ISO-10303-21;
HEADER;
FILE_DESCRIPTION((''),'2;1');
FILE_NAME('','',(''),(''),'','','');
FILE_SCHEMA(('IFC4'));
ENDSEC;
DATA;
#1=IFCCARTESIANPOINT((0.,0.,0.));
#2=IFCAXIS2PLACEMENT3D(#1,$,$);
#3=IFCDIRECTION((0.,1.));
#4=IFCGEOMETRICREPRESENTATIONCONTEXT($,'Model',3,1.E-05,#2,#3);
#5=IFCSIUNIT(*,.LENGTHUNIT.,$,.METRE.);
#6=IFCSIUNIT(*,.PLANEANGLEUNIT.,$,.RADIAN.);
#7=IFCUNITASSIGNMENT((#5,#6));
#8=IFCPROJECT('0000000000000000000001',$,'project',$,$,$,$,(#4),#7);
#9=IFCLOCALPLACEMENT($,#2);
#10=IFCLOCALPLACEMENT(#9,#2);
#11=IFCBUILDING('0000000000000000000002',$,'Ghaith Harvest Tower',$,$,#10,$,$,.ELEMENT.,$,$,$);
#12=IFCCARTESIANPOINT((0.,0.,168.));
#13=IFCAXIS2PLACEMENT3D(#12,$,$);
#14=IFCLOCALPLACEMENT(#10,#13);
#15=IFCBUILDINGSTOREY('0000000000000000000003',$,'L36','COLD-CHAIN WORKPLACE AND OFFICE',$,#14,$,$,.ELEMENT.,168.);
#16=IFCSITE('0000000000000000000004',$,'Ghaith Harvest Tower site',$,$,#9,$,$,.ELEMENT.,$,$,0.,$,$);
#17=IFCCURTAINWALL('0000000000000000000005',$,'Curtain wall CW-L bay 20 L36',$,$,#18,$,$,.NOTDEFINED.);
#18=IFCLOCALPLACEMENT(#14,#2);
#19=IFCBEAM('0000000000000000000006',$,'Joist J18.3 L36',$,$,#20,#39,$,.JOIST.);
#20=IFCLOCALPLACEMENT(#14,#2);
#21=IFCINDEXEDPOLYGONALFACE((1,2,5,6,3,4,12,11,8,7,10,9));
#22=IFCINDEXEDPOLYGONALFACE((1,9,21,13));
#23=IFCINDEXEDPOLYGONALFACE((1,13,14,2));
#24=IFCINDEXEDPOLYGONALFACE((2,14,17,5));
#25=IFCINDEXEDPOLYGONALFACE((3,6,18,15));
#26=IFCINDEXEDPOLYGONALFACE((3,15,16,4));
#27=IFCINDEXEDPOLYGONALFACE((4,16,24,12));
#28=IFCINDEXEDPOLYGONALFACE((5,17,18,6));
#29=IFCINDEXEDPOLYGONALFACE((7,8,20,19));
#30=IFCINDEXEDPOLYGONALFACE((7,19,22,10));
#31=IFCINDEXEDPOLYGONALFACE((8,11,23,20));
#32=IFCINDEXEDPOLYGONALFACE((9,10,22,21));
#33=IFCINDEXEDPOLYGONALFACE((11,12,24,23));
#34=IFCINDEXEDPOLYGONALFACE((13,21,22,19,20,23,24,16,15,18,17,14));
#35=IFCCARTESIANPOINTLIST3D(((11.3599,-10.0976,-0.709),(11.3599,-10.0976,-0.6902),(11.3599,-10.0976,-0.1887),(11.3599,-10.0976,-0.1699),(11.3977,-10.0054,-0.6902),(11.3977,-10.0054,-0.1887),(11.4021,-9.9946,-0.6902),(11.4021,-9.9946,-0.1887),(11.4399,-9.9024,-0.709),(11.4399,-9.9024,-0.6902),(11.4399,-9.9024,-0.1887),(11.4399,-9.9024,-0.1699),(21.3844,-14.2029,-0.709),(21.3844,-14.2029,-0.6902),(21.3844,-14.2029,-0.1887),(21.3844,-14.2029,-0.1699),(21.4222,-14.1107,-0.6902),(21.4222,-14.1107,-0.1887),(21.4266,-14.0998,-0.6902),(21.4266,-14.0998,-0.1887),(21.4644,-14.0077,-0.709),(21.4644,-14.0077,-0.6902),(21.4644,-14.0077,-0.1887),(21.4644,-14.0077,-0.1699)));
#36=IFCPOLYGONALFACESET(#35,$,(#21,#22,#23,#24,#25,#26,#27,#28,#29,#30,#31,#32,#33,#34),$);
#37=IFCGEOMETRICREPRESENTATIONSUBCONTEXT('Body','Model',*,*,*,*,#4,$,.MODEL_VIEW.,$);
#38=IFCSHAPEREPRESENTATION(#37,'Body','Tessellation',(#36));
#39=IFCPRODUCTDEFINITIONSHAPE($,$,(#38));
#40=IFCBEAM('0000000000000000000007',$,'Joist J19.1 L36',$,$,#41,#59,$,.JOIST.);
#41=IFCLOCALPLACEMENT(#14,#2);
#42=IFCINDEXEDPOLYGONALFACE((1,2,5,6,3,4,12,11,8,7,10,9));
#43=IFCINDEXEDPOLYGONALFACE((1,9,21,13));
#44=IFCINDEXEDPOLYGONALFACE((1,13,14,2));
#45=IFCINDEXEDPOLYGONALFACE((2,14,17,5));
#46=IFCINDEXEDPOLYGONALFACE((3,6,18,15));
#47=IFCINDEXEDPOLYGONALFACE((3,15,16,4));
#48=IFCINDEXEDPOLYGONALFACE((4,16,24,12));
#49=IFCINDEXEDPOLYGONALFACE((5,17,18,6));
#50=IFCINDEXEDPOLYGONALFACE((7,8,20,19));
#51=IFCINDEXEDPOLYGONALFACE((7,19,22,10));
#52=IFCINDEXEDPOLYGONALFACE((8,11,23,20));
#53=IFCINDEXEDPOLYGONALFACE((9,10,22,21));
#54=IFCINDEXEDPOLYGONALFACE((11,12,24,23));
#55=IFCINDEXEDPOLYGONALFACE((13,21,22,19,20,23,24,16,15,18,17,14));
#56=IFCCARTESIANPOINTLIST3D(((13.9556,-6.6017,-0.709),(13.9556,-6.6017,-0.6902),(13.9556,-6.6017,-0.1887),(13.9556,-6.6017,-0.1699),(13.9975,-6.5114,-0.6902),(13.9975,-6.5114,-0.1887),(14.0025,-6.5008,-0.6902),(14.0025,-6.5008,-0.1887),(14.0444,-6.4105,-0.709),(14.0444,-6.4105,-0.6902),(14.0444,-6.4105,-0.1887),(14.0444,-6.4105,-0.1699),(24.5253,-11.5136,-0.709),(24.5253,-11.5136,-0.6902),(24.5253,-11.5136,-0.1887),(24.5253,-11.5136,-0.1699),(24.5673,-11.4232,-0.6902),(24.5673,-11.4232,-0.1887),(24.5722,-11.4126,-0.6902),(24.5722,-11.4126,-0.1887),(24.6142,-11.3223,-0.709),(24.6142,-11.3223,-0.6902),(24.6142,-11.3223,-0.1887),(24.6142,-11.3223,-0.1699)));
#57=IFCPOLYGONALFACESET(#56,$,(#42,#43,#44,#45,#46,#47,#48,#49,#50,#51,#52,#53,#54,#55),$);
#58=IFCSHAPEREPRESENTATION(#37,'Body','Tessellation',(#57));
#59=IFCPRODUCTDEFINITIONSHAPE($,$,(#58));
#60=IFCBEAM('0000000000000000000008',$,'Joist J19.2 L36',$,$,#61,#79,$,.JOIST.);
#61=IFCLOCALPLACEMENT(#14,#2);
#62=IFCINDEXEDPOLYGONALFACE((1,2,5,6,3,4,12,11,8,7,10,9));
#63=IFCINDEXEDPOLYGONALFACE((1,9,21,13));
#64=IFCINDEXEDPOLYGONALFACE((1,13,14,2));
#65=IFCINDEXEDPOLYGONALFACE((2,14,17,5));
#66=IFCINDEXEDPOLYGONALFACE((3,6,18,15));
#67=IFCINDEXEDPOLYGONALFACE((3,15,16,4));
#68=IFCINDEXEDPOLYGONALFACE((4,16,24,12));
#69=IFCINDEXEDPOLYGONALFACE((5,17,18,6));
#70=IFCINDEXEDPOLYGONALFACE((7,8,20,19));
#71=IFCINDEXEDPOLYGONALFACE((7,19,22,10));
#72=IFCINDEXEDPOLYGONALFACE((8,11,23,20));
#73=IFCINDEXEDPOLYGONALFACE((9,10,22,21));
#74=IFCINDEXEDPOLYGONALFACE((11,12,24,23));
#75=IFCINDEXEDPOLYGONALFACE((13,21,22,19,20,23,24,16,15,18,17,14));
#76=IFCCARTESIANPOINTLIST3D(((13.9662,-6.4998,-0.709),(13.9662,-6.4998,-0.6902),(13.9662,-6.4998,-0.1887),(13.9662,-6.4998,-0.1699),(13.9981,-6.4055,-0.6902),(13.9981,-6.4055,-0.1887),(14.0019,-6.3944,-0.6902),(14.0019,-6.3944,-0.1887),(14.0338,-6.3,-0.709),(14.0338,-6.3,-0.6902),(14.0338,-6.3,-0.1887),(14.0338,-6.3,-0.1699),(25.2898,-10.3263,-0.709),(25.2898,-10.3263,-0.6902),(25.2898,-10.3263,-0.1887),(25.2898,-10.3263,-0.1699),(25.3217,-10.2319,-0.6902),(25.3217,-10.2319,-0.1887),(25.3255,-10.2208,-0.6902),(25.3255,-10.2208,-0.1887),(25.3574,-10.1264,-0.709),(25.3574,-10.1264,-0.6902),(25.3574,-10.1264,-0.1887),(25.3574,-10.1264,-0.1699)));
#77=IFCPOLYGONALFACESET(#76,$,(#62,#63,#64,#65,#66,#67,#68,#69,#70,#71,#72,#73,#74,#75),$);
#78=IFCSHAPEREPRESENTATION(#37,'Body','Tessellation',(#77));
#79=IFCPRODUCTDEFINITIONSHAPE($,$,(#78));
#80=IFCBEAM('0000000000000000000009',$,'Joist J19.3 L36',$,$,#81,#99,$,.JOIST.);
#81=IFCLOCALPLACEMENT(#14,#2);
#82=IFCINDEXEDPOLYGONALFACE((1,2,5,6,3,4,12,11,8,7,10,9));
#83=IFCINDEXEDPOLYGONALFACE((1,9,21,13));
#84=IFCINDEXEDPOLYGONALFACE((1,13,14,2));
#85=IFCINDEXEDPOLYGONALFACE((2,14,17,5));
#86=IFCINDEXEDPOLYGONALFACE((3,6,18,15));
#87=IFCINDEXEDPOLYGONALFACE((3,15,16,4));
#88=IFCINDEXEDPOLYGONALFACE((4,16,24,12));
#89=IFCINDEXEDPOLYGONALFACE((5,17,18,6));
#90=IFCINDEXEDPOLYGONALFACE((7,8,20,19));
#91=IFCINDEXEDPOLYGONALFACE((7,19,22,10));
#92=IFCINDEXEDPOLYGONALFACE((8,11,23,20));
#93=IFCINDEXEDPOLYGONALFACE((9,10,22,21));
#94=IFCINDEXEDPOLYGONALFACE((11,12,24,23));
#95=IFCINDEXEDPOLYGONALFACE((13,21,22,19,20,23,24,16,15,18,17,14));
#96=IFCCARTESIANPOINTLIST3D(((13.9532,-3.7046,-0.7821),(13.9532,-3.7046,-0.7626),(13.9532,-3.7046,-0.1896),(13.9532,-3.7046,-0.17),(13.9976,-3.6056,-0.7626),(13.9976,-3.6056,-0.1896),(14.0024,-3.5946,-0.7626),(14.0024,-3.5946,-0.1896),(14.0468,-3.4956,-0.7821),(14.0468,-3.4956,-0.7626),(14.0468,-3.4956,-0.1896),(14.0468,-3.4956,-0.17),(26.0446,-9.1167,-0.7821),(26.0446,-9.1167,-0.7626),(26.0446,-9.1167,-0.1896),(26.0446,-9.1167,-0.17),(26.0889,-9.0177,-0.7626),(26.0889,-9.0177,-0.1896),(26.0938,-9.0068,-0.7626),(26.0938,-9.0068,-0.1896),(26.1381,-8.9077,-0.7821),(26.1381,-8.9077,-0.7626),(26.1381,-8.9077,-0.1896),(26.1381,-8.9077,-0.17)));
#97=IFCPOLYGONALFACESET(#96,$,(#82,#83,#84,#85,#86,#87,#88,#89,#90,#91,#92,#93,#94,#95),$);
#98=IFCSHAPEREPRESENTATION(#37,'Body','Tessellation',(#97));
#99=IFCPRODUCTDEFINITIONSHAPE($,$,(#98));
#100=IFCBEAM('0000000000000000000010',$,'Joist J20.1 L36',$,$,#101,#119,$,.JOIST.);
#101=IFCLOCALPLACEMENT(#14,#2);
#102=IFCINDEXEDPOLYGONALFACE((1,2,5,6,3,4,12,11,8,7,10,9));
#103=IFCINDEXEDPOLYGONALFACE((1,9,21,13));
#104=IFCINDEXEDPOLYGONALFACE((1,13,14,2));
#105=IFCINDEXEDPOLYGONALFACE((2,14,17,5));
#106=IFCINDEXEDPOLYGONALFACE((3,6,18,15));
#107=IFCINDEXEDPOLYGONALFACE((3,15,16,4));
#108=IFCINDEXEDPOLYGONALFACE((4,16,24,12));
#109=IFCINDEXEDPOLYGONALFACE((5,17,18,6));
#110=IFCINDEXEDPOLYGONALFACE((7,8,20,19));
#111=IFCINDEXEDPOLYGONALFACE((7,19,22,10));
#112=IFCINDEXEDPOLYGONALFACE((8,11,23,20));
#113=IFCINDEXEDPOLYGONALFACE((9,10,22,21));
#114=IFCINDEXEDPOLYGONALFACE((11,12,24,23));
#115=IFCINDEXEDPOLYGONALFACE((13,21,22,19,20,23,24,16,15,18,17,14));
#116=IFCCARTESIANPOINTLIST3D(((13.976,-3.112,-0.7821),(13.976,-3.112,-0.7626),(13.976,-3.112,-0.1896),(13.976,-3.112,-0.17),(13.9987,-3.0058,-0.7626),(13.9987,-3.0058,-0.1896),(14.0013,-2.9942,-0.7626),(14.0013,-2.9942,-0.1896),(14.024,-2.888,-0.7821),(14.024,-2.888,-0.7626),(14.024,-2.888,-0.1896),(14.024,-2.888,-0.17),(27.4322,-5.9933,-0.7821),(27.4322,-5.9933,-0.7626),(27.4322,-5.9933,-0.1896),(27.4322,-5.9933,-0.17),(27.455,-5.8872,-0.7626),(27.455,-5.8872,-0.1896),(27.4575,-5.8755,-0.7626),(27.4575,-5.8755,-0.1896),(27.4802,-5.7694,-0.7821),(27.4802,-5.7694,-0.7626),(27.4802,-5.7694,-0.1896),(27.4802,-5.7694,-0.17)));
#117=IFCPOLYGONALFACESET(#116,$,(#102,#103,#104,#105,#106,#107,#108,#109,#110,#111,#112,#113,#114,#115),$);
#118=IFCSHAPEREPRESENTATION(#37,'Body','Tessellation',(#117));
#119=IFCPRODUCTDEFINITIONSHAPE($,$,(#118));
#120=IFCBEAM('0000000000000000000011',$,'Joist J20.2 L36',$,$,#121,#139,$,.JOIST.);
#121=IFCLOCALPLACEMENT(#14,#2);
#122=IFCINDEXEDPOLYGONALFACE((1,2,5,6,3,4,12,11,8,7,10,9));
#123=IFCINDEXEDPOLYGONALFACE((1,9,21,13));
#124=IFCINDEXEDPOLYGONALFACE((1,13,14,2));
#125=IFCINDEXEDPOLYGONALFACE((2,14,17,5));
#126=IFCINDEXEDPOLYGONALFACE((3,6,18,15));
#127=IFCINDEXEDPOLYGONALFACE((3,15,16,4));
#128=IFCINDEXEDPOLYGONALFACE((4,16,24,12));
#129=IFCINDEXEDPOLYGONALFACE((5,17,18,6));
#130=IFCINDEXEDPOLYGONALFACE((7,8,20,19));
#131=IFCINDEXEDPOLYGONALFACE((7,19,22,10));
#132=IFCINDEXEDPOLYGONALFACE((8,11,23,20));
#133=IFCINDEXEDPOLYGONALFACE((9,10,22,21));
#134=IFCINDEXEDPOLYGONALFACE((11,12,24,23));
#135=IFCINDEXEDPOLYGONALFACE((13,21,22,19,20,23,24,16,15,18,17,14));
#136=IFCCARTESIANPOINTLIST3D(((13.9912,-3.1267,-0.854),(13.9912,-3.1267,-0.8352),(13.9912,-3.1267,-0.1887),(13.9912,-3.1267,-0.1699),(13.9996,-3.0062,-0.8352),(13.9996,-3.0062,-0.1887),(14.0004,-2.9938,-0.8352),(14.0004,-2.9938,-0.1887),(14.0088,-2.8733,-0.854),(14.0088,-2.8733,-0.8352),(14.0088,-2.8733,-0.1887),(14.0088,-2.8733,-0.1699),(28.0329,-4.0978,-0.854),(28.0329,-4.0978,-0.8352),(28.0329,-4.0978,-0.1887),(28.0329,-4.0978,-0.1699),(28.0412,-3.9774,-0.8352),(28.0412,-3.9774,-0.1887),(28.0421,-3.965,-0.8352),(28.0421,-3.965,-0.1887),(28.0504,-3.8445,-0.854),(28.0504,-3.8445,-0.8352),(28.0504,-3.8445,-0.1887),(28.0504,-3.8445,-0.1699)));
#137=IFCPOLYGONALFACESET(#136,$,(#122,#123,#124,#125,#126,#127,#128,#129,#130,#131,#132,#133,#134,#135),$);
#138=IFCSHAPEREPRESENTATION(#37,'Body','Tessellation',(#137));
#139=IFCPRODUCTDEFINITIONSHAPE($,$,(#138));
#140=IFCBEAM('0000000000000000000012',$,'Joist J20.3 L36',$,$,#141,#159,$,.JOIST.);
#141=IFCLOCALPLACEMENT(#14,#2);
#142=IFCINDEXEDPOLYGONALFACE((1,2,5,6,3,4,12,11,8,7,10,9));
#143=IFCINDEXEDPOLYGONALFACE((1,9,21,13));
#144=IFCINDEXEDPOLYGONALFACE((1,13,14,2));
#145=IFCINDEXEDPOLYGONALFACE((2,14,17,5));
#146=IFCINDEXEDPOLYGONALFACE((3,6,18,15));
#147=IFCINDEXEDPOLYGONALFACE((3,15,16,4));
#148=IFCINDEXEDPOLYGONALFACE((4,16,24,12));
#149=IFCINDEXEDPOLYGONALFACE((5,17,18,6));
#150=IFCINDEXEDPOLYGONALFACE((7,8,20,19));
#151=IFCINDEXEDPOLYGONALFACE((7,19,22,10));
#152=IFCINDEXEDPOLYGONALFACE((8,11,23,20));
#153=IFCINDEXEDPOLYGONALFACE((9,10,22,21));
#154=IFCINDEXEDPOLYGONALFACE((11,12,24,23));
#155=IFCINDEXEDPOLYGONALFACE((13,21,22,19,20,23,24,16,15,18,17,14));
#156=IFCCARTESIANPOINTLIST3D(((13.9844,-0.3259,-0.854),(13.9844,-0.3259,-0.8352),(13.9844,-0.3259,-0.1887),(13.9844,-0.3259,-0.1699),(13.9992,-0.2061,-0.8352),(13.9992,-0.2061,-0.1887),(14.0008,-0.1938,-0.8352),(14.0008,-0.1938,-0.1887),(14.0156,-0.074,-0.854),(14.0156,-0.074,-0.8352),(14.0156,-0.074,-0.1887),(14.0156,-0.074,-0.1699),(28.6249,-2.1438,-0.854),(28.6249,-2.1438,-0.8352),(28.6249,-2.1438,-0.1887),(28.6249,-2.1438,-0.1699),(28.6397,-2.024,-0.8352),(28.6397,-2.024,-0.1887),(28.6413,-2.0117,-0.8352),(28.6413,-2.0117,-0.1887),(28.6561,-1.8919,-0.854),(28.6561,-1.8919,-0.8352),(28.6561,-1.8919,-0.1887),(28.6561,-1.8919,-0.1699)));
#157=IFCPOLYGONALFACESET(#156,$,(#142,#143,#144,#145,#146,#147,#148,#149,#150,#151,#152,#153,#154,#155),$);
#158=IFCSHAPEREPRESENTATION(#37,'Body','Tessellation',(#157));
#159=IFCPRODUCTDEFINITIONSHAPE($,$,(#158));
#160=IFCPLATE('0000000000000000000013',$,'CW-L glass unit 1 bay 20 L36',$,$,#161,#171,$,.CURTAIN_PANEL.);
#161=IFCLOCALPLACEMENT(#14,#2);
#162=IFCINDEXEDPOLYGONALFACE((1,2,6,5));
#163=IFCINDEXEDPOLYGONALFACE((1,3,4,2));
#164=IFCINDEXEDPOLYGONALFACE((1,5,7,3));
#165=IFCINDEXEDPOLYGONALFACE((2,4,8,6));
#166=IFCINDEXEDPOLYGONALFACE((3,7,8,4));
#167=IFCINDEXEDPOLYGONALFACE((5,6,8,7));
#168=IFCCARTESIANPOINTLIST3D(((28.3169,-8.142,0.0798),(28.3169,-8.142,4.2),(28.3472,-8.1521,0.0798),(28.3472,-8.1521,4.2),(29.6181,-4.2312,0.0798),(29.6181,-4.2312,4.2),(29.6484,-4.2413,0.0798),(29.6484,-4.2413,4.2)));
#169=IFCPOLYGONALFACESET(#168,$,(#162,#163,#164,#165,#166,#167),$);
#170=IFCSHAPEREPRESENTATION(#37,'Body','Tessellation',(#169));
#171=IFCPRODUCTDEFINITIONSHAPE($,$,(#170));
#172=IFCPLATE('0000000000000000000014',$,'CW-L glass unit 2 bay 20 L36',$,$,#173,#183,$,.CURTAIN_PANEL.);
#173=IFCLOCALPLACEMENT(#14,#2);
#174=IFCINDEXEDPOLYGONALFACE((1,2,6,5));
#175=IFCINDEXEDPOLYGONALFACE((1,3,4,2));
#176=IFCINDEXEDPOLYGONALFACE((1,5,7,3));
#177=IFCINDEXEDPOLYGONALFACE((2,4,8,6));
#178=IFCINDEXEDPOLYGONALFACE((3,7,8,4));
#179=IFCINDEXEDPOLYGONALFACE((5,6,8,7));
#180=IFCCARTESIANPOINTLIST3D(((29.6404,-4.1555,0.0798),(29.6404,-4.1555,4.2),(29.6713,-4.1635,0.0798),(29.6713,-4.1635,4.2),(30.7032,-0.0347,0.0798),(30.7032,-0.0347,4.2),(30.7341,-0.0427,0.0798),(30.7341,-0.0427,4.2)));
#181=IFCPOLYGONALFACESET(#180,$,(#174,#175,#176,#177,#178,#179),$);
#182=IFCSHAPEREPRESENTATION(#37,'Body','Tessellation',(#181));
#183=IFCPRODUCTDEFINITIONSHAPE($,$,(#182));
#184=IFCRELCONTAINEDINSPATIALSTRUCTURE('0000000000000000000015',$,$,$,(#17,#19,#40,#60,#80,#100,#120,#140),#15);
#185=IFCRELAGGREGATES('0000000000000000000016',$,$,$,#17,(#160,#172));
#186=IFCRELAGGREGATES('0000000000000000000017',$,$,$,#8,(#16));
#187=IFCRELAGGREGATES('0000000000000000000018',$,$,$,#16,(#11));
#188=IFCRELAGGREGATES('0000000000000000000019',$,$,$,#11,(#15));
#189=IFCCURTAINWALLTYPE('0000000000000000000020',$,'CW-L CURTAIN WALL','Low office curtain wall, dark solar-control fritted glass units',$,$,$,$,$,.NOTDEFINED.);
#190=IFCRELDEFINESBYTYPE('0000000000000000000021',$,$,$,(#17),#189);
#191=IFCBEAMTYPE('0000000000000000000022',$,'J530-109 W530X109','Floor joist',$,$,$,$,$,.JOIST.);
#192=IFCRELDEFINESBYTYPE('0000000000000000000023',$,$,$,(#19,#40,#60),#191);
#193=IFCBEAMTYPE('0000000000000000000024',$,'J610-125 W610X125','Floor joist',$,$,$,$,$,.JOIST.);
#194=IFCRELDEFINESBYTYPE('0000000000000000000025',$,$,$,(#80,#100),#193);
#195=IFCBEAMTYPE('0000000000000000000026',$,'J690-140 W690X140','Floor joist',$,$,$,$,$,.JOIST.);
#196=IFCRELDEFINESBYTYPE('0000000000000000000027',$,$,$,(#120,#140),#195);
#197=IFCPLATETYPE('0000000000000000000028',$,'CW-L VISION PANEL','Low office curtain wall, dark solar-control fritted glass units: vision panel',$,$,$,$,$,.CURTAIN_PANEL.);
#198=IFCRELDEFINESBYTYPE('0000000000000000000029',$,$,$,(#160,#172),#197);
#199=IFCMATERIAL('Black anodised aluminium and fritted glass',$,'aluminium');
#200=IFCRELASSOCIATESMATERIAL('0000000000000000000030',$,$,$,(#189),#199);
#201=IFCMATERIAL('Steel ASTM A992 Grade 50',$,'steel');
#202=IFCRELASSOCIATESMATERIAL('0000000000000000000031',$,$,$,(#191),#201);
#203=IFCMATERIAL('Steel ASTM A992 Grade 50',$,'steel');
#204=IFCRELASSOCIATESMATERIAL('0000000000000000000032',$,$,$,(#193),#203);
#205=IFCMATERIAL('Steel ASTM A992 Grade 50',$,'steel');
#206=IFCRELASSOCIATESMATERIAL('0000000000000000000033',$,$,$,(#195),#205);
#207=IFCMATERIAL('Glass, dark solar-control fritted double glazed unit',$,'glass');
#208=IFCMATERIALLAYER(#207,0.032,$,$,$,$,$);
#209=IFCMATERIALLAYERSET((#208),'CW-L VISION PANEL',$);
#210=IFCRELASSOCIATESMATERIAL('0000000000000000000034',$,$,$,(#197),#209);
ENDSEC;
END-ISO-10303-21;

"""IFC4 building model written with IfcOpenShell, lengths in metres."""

from ifc_helpers import new_model, si_unit, direction, frame, origin, origin_2d, place, context, subcontext, project, spatial, rectangle, i_section, extrude, material, layer, layer_set, material_profile, profile_set, type_object, element, aggregate, save


model = new_model("IFC4")

# Units and contexts
model_context = context("Model", 3, precision=1e-05, world=origin(), true_north=direction((0.0, 1.0)))
body_context = subcontext(model_context, "Body", "Model", "MODEL_VIEW")
ifc_project = project(units=[si_unit("LENGTHUNIT", "METRE"), si_unit("PLANEANGLEUNIT", "RADIAN")], contexts=[model_context])

# Site, building, storey
site_placement = place(None, origin())
site = spatial("IfcSite", under=ifc_project, at=site_placement, Name="Ghaith Harvest Tower site", CompositionType="ELEMENT", RefElevation=0.0)
building_placement = place(site_placement, origin())
building = spatial("IfcBuilding", under=site, at=building_placement, Name="Ghaith Harvest Tower", CompositionType="ELEMENT")
storey_placement = place(building_placement, frame((0.0, 0.0, 168.0)))
storey = spatial("IfcBuildingStorey", under=building, at=storey_placement, Name="L36", Description="COLD-CHAIN WORKPLACE AND OFFICE", CompositionType="ELEMENT", Elevation=168.0)

# Curtain wall
ifc_material_1 = material(Name="Black anodised aluminium and fritted glass", Category="aluminium")
curtain_wall_type = type_object("IfcCurtainWallType", Name="CW-L CURTAIN WALL", Description="Low office curtain wall, dark solar-control fritted glass units", PredefinedType="NOTDEFINED", material=ifc_material_1)
curtain_wall_placement = place(storey_placement, origin())
curtain_wall = element("IfcCurtainWall", 1, at=curtain_wall_placement, inside=storey, type_object=curtain_wall_type, Name="Curtain wall CW-L bay 20 L36", PredefinedType="NOTDEFINED")

# Beams
ifc_material_2 = material(Name="Steel ASTM A992 Grade 50", Category="steel")
ifc_material_profile_1 = material_profile(ifc_material_2, i_section(OverallWidth=0.2109, OverallDepth=0.5391, WebThickness=0.0117, FlangeThickness=0.0188, at=origin_2d()), Name="W530X109")
ifc_profile_set_1 = profile_set([ifc_material_profile_1], Name="Steel ASTM A992 Grade 50")
beam_type_1 = type_object("IfcBeamType", Name="J530-109 W530X109", Description="Floor joist", PredefinedType="JOIST", material=ifc_profile_set_1)
beam_1_placement = place(storey_placement, frame((11.3999, -10.0, -0.4395), z_axis=(0.925407, -0.378975, 0.0), x_axis=(0.378975, 0.925407, 0.0)))
element("IfcBeam", 2, at=beam_1_placement, inside=storey, type_object=beam_type_1, Name="Joist J18.3 L36", PredefinedType="JOIST", context=body_context, shape_type="SweptSolid", body=[
    extrude(i_section(OverallWidth=0.2109, OverallDepth=0.5391, WebThickness=0.0117, FlangeThickness=0.0188, at=origin_2d()), origin(), (0.0, 0.0, 1.0), 10.8325),
])
beam_2_placement = place(storey_placement, frame((14.0, -6.5061, -0.4395), z_axis=(0.906863, -0.421425, 0.0), x_axis=(0.421425, 0.906863, 0.0)))
element("IfcBeam", 3, at=beam_2_placement, inside=storey, type_object=beam_type_1, Name="Joist J19.1 L36", PredefinedType="JOIST", context=body_context, shape_type="SweptSolid", body=[
    extrude(i_section(OverallWidth=0.2109, OverallDepth=0.5391, WebThickness=0.0117, FlangeThickness=0.0188, at=origin_2d()), origin(), (0.0, 0.0, 1.0), 11.6553),
])
beam_3_placement = place(storey_placement, frame((14.0, -6.3999, -0.4395), z_axis=(0.947372, -0.320135, 0.0), x_axis=(0.320135, 0.947372, 0.0)))
element("IfcBeam", 4, at=beam_3_placement, inside=storey, type_object=beam_type_1, Name="Joist J19.2 L36", PredefinedType="JOIST", context=body_context, shape_type="SweptSolid", body=[
    extrude(i_section(OverallWidth=0.2109, OverallDepth=0.5391, WebThickness=0.0117, FlangeThickness=0.0188, at=origin_2d()), origin(), (0.0, 0.0, 1.0), 11.9526),
])
ifc_material_3 = material(Name="Steel ASTM A992 Grade 50", Category="steel")
ifc_material_profile_2 = material_profile(ifc_material_3, i_section(OverallWidth=0.229, OverallDepth=0.6121, WebThickness=0.012, FlangeThickness=0.0195, at=origin_2d()), Name="W610X125")
ifc_profile_set_2 = profile_set([ifc_material_profile_2], Name="Steel ASTM A992 Grade 50")
beam_type_2 = type_object("IfcBeamType", Name="J610-125 W610X125", Description="Floor joist", PredefinedType="JOIST", material=ifc_profile_set_2)
beam_4_placement = place(storey_placement, frame((14.0, -3.6001, -0.4761), z_axis=(0.912738, -0.408545, 0.0), x_axis=(0.408545, 0.912738, 0.0)))
element("IfcBeam", 5, at=beam_4_placement, inside=storey, type_object=beam_type_2, Name="Joist J19.3 L36", PredefinedType="JOIST", context=body_context, shape_type="SweptSolid", body=[
    extrude(i_section(OverallWidth=0.229, OverallDepth=0.6121, WebThickness=0.012, FlangeThickness=0.0195, at=origin_2d()), origin(), (0.0, 0.0, 1.0), 13.2473),
])
beam_5_placement = place(storey_placement, frame((14.0, -3.0, -0.4761), z_axis=(0.977834, -0.20938, 0.0), x_axis=(0.20938, 0.977834, 0.0)))
element("IfcBeam", 6, at=beam_5_placement, inside=storey, type_object=beam_type_2, Name="Joist J20.1 L36", PredefinedType="JOIST", context=body_context, shape_type="SweptSolid", body=[
    extrude(i_section(OverallWidth=0.229, OverallDepth=0.6121, WebThickness=0.012, FlangeThickness=0.0195, at=origin_2d()), origin(), (0.0, 0.0, 1.0), 13.7612),
])
ifc_material_4 = material(Name="Steel ASTM A992 Grade 50", Category="steel")
ifc_material_profile_3 = material_profile(ifc_material_4, i_section(OverallWidth=0.2539, OverallDepth=0.6841, WebThickness=0.0125, FlangeThickness=0.0188, at=origin_2d()), Name="W690X140")
ifc_profile_set_3 = profile_set([ifc_material_profile_3], Name="Steel ASTM A992 Grade 50")
beam_type_3 = type_object("IfcBeamType", Name="J690-140 W690X140", Description="Floor joist", PredefinedType="JOIST", material=ifc_profile_set_3)
beam_6_placement = place(storey_placement, frame((14.0, -3.0, -0.512), z_axis=(0.997617, -0.069, 0.0), x_axis=(0.069, 0.997617, 0.0)))
element("IfcBeam", 7, at=beam_6_placement, inside=storey, type_object=beam_type_3, Name="Joist J20.2 L36", PredefinedType="JOIST", context=body_context, shape_type="SweptSolid", body=[
    extrude(i_section(OverallWidth=0.2539, OverallDepth=0.6841, WebThickness=0.0125, FlangeThickness=0.0188, at=origin_2d()), origin(), (0.0, 0.0, 1.0), 14.0752),
])
beam_7_placement = place(storey_placement, frame((14.0, -0.2, -0.512), z_axis=(0.992379, -0.123222, 0.0), x_axis=(0.123222, 0.992379, 0.0)))
element("IfcBeam", 8, at=beam_7_placement, inside=storey, type_object=beam_type_3, Name="Joist J20.3 L36", PredefinedType="JOIST", context=body_context, shape_type="SweptSolid", body=[
    extrude(i_section(OverallWidth=0.2539, OverallDepth=0.6841, WebThickness=0.0125, FlangeThickness=0.0188, at=origin_2d()), origin(), (0.0, 0.0, 1.0), 14.7529),
])

# Plates
ifc_material_5 = material(Name="Glass, dark solar-control fritted double glazed unit", Category="glass")
ifc_layer_1 = layer(ifc_material_5, 0.032)
ifc_layer_set_1 = layer_set([ifc_layer_1], Name="CW-L VISION PANEL")
plate_type_1 = type_object("IfcPlateType", Name="CW-L VISION PANEL", Description="Low office curtain wall, dark solar-control fritted glass units: vision panel", PredefinedType="CURTAIN_PANEL", material=ifc_layer_set_1)
plate_1_placement = place(storey_placement, frame((28.9827, -6.1917, 0.0798), z_axis=(0.0, 0.0, 1.0), x_axis=(0.315708, 0.948856, 0.0)))
plate_1 = element("IfcPlate", 9, at=plate_1_placement, type_object=plate_type_1, Name="CW-L glass unit 1 bay 20 L36", PredefinedType="CURTAIN_PANEL", context=body_context, shape_type="SweptSolid", body=[
    extrude(rectangle(XDim=4.1216, YDim=0.032, at=origin_2d()), origin(), (0.0, 0.0, 1.0), 4.1201),
])
plate_2_placement = place(storey_placement, frame((30.1873, -2.0991, 0.0798), z_axis=(0.0, 0.0, 1.0), x_axis=(0.249744, 0.968312, 0.0)))
plate_2 = element("IfcPlate", 10, at=plate_2_placement, type_object=plate_type_1, Name="CW-L glass unit 2 bay 20 L36", PredefinedType="CURTAIN_PANEL", context=body_context, shape_type="SweptSolid", body=[
    extrude(rectangle(XDim=4.2556, YDim=0.032, at=origin_2d()), origin(), (0.0, 0.0, 1.0), 4.1201),
])
aggregate(curtain_wall, [plate_1, plate_2])

save(model, "model.ifc")
